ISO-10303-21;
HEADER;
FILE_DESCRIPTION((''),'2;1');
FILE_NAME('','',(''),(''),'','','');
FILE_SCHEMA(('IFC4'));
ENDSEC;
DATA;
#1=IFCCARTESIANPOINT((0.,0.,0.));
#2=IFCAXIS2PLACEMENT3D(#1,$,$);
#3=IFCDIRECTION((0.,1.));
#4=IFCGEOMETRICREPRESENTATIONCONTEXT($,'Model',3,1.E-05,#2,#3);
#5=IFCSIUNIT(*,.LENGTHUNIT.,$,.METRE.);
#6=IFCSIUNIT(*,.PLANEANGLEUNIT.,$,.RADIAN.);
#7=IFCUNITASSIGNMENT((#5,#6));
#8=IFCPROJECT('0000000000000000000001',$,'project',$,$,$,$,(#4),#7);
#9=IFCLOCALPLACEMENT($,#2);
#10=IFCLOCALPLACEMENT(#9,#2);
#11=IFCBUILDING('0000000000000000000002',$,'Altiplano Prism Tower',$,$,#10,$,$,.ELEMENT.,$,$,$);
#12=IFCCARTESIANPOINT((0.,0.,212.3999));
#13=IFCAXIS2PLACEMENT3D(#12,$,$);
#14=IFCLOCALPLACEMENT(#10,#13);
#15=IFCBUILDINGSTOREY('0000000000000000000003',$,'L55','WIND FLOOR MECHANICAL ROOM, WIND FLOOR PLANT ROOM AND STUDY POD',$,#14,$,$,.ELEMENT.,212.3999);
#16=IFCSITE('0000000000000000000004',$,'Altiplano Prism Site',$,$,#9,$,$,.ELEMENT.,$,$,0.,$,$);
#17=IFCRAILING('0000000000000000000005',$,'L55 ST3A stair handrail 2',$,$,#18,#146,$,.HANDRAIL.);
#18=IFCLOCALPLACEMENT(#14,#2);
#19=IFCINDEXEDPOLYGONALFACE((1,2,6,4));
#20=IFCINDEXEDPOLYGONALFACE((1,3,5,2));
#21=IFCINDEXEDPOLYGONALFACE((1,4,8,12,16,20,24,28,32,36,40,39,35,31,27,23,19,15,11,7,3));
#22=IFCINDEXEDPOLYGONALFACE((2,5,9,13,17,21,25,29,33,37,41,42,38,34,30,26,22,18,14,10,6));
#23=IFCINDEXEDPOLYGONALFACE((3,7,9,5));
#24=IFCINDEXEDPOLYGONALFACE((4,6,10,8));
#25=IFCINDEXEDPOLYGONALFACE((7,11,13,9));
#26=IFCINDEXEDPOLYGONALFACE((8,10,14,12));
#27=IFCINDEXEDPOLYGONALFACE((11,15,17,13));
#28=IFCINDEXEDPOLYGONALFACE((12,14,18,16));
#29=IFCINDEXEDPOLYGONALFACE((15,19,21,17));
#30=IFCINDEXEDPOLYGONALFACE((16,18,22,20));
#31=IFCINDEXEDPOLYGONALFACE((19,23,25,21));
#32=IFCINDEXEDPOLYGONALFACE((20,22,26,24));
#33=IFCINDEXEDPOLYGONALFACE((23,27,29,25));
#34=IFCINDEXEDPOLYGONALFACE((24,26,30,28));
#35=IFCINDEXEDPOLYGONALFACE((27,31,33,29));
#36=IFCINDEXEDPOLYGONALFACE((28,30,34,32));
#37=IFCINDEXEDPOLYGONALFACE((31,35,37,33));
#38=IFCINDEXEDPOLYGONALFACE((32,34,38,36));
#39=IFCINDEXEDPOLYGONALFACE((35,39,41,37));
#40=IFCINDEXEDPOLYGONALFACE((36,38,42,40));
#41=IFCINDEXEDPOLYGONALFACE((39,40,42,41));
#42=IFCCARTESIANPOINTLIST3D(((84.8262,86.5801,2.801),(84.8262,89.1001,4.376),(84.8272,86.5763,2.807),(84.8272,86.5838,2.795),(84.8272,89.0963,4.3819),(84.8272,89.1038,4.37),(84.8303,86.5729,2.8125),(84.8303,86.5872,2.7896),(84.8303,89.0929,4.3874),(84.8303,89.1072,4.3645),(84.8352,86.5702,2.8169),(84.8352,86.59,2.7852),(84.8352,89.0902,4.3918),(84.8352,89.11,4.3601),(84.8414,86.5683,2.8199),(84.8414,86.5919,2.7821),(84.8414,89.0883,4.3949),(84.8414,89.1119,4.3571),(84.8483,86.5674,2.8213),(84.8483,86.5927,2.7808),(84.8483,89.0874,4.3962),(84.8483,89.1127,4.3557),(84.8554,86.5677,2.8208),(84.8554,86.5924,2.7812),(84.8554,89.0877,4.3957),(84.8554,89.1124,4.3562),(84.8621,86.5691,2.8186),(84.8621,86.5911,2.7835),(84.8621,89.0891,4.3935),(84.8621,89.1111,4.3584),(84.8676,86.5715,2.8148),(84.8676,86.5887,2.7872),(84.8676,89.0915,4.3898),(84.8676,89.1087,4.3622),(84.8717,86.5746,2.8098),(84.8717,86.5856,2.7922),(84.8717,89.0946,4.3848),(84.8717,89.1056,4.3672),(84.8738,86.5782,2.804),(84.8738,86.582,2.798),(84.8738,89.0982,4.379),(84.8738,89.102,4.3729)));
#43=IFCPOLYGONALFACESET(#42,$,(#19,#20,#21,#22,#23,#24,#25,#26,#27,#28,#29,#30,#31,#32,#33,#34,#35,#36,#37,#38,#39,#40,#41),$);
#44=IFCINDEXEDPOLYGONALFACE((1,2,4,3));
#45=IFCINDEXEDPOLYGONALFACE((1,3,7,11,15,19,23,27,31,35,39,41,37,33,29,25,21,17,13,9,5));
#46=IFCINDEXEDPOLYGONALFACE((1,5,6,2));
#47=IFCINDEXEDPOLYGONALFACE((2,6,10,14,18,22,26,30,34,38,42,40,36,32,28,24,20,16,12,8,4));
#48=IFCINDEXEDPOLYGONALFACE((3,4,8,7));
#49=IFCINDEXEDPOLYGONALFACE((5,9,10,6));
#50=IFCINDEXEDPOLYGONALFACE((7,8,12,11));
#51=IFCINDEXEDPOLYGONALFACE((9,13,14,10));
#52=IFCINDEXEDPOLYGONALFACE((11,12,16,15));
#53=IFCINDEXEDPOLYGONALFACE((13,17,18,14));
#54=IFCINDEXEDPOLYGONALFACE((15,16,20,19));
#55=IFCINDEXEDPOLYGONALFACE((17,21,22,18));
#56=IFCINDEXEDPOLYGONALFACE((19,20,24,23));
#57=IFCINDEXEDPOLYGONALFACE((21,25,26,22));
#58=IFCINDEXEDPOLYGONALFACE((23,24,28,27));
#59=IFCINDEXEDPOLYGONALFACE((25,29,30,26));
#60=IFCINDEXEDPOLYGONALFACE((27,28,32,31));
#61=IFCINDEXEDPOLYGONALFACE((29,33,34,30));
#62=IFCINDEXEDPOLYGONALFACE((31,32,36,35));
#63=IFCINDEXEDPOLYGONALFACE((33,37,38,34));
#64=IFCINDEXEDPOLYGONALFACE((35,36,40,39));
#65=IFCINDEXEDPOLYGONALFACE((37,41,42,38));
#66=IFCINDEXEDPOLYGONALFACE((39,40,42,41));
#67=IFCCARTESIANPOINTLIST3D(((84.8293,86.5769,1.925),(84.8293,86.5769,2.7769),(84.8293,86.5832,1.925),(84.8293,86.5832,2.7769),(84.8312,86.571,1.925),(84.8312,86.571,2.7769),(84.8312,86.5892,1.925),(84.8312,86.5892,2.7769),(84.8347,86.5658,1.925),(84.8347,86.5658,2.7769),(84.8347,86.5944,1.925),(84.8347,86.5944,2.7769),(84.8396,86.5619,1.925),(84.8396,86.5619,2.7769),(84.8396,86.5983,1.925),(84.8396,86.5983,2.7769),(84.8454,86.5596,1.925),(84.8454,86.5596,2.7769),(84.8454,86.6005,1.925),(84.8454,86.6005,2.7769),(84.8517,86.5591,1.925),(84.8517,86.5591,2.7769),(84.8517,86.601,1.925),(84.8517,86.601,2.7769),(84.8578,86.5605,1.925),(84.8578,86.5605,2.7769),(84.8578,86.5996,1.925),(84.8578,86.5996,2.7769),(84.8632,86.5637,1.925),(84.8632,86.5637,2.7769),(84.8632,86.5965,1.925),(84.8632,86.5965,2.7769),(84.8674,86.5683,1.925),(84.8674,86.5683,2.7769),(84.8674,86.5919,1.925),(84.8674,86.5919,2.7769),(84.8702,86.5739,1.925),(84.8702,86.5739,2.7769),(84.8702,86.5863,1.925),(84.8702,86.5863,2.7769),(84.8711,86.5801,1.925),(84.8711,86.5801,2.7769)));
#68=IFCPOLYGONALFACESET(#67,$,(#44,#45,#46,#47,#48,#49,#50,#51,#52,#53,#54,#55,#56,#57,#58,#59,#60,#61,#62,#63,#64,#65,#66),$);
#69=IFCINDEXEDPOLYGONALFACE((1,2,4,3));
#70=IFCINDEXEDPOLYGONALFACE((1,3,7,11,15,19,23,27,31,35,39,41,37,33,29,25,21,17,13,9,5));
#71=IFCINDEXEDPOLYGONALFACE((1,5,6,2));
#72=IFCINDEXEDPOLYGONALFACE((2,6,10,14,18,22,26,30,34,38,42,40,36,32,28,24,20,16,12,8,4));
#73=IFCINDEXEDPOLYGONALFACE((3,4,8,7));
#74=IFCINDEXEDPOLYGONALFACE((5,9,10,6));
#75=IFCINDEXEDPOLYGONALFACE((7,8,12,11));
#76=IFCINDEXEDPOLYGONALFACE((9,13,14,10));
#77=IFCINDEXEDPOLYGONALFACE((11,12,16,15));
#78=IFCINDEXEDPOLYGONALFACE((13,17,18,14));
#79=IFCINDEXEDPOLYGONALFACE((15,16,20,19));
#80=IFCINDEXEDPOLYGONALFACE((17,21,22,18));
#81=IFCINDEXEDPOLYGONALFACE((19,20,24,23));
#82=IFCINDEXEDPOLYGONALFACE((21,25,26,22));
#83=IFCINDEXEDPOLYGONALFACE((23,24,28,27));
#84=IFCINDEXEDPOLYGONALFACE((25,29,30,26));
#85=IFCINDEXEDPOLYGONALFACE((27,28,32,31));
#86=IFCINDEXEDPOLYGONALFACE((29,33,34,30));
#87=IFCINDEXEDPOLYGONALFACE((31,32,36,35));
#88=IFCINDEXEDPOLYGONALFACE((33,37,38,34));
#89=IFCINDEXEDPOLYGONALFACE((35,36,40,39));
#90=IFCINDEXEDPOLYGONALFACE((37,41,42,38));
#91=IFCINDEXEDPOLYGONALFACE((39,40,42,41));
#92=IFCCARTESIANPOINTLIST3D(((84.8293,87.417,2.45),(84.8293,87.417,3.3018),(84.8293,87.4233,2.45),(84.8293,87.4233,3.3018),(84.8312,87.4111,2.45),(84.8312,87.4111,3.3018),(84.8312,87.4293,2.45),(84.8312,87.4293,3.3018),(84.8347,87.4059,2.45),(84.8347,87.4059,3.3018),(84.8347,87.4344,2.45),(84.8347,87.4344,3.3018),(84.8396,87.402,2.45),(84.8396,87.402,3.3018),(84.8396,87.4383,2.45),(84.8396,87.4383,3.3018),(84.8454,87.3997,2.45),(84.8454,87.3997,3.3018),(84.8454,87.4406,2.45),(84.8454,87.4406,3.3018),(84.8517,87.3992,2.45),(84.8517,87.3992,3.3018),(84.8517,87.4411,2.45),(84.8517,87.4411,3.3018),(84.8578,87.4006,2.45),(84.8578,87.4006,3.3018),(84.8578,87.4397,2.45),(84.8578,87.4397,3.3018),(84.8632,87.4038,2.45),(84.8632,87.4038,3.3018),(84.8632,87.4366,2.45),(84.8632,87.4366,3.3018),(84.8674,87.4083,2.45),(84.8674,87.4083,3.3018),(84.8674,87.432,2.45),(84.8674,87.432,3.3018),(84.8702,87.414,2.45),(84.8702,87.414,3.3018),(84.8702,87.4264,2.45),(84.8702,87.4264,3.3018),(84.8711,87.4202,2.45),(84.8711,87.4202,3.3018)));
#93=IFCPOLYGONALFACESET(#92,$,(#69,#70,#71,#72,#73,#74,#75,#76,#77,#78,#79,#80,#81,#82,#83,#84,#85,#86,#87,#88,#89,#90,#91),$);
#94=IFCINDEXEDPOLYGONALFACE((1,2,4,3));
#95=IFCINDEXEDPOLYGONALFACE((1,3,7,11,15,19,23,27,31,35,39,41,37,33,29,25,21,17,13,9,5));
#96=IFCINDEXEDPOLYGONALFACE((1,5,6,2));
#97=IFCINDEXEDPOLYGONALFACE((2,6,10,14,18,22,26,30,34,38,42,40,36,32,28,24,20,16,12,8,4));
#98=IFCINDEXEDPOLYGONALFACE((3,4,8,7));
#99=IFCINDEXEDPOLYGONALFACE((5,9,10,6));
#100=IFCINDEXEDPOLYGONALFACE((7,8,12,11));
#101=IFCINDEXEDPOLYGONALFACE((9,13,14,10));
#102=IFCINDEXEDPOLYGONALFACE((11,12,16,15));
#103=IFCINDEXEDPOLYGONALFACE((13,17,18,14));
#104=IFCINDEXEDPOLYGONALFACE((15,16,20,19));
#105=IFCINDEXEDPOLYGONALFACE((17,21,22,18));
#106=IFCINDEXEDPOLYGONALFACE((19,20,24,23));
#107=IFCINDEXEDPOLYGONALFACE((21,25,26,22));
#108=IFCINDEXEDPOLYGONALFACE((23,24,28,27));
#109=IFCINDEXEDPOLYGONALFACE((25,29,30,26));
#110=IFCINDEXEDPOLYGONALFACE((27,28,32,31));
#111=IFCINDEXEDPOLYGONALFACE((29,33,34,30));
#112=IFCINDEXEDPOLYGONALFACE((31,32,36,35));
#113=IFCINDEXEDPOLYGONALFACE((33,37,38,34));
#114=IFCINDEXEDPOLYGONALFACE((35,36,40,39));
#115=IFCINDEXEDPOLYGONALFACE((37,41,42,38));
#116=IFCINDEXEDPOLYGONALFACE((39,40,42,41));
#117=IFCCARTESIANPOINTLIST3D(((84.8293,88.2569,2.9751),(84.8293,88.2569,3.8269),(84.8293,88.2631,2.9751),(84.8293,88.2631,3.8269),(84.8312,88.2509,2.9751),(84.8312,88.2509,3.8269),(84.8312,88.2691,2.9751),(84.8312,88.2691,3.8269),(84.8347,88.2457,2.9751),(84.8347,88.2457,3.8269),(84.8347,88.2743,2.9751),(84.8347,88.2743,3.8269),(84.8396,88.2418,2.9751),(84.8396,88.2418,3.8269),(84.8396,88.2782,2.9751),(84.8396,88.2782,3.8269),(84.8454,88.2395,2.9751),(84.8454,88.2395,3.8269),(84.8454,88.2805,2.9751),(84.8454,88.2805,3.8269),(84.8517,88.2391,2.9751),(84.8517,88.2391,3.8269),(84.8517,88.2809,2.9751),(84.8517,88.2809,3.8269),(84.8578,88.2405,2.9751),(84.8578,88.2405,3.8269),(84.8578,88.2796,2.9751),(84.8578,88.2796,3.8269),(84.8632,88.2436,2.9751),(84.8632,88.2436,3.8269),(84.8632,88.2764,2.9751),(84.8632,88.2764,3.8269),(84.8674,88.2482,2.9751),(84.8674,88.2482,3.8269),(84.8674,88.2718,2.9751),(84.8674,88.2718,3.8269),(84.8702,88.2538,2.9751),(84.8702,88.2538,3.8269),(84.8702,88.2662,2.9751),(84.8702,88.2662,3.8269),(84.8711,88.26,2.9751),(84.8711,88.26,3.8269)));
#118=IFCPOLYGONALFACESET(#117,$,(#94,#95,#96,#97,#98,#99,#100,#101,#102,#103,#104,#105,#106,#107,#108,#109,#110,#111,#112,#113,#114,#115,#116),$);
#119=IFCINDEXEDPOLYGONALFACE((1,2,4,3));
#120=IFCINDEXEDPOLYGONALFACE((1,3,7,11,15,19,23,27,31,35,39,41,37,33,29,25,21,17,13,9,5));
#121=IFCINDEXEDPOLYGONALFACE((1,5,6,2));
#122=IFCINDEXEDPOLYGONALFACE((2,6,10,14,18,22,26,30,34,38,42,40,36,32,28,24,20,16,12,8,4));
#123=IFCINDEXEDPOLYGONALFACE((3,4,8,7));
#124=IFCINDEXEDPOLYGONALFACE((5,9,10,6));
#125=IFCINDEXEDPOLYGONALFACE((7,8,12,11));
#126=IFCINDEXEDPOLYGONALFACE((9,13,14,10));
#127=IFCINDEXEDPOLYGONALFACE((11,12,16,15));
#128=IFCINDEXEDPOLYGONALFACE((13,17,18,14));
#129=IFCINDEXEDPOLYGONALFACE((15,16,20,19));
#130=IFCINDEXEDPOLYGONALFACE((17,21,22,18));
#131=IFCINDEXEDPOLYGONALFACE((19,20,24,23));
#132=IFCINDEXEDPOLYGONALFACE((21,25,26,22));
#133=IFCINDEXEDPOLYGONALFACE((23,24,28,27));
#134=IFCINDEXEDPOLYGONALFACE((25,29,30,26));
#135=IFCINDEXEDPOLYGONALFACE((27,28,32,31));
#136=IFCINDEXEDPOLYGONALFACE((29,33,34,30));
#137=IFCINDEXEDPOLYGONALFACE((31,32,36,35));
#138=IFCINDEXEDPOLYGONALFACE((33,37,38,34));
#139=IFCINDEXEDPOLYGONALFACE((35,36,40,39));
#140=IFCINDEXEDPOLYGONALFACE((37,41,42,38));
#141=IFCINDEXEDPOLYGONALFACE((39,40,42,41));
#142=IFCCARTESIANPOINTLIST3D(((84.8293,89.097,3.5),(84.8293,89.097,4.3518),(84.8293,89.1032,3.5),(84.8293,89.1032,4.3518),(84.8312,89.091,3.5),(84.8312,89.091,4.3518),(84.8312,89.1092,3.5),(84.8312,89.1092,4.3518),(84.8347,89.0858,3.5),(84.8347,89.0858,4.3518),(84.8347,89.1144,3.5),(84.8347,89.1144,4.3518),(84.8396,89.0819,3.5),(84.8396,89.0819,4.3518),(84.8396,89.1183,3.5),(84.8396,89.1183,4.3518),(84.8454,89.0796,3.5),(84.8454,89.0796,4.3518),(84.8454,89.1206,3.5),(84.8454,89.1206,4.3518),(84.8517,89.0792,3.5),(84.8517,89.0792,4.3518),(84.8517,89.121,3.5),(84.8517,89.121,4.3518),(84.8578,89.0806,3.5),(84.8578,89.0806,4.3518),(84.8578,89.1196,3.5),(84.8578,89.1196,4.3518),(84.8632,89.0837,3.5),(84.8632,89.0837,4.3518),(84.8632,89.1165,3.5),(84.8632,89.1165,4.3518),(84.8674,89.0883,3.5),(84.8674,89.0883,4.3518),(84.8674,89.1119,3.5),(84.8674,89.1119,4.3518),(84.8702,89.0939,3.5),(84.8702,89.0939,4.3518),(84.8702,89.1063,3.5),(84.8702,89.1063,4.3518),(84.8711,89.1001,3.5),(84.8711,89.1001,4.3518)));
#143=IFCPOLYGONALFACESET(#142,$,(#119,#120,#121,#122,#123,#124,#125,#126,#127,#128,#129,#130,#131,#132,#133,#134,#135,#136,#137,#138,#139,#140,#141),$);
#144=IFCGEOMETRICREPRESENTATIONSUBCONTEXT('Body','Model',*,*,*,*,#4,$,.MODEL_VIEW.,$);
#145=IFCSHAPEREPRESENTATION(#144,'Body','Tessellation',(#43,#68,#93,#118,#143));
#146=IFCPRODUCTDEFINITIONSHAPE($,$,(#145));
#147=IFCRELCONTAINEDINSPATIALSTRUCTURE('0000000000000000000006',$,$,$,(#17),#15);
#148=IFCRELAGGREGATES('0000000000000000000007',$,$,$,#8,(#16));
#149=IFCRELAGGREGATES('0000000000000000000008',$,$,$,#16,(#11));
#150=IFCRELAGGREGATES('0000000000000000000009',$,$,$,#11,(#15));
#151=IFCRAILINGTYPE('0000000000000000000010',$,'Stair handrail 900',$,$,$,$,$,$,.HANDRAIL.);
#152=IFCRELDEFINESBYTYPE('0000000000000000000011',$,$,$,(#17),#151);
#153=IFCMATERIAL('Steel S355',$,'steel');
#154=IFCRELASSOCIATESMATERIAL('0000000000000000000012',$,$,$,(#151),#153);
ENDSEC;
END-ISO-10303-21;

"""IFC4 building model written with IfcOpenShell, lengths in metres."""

from ifc_helpers import new_model, si_unit, direction, frame, origin, origin_2d, place, context, subcontext, project, spatial, circle, extrude, material, type_object, element, save


model = new_model("IFC4")

# Units and contexts
model_context = context("Model", 3, precision=1e-05, world=origin(), true_north=direction((0.0, 1.0)))
body_context = subcontext(model_context, "Body", "Model", "MODEL_VIEW")
ifc_project = project(units=[si_unit("LENGTHUNIT", "METRE"), si_unit("PLANEANGLEUNIT", "RADIAN")], contexts=[model_context])

# Site, building, storey
site_placement = place(None, origin())
site = spatial("IfcSite", under=ifc_project, at=site_placement, Name="Altiplano Prism Site", CompositionType="ELEMENT", RefElevation=0.0)
building_placement = place(site_placement, origin())
building = spatial("IfcBuilding", under=site, at=building_placement, Name="Altiplano Prism Tower", CompositionType="ELEMENT")
storey_placement = place(building_placement, frame((0.0, 0.0, 212.3999)))
storey = spatial("IfcBuildingStorey", under=building, at=storey_placement, Name="L55", Description="WIND FLOOR MECHANICAL ROOM, WIND FLOOR PLANT ROOM AND STUDY POD", CompositionType="ELEMENT", Elevation=212.3999)

# Shared definitions
ifc_material_1 = material(Name="Steel S355", Category="steel")

# Railing
railing_type_1 = type_object("IfcRailingType", Name="Stair handrail 900", PredefinedType="HANDRAIL", material=ifc_material_1)
for number, where, name in (
    (1, (84.8501, 86.5801, 1.925), "L55 ST3A stair handrail 2"),
):
    element("IfcRailing", number, at=place(storey_placement, frame(where)), inside=storey, type_object=railing_type_1, Name=name, PredefinedType="HANDRAIL", context=body_context, shape_type="SweptSolid", body=[
        extrude(circle(Radius=0.0239, at=origin_2d()), frame((0.0, 0.0, 0.876), z_axis=(0.0, 0.848008, 0.529984), x_axis=(-1.0, 0.0, 0.0)), (0.0, 0.0, 1.0), 2.9717),
        extrude(circle(Radius=0.021, at=origin_2d()), origin(), (0.0, 0.0, 1.0), 0.8518),
        extrude(circle(Radius=0.021, at=origin_2d()), frame((0.0, 0.8401, 0.5249)), (0.0, 0.0, 1.0), 0.8518),
        extrude(circle(Radius=0.021, at=origin_2d()), frame((0.0, 1.6799, 1.05)), (0.0, 0.0, 1.0), 0.8518),
        extrude(circle(Radius=0.021, at=origin_2d()), frame((0.0, 2.52, 1.575)), (0.0, 0.0, 1.0), 0.8518),
    ])

save(model, "model.ifc")
